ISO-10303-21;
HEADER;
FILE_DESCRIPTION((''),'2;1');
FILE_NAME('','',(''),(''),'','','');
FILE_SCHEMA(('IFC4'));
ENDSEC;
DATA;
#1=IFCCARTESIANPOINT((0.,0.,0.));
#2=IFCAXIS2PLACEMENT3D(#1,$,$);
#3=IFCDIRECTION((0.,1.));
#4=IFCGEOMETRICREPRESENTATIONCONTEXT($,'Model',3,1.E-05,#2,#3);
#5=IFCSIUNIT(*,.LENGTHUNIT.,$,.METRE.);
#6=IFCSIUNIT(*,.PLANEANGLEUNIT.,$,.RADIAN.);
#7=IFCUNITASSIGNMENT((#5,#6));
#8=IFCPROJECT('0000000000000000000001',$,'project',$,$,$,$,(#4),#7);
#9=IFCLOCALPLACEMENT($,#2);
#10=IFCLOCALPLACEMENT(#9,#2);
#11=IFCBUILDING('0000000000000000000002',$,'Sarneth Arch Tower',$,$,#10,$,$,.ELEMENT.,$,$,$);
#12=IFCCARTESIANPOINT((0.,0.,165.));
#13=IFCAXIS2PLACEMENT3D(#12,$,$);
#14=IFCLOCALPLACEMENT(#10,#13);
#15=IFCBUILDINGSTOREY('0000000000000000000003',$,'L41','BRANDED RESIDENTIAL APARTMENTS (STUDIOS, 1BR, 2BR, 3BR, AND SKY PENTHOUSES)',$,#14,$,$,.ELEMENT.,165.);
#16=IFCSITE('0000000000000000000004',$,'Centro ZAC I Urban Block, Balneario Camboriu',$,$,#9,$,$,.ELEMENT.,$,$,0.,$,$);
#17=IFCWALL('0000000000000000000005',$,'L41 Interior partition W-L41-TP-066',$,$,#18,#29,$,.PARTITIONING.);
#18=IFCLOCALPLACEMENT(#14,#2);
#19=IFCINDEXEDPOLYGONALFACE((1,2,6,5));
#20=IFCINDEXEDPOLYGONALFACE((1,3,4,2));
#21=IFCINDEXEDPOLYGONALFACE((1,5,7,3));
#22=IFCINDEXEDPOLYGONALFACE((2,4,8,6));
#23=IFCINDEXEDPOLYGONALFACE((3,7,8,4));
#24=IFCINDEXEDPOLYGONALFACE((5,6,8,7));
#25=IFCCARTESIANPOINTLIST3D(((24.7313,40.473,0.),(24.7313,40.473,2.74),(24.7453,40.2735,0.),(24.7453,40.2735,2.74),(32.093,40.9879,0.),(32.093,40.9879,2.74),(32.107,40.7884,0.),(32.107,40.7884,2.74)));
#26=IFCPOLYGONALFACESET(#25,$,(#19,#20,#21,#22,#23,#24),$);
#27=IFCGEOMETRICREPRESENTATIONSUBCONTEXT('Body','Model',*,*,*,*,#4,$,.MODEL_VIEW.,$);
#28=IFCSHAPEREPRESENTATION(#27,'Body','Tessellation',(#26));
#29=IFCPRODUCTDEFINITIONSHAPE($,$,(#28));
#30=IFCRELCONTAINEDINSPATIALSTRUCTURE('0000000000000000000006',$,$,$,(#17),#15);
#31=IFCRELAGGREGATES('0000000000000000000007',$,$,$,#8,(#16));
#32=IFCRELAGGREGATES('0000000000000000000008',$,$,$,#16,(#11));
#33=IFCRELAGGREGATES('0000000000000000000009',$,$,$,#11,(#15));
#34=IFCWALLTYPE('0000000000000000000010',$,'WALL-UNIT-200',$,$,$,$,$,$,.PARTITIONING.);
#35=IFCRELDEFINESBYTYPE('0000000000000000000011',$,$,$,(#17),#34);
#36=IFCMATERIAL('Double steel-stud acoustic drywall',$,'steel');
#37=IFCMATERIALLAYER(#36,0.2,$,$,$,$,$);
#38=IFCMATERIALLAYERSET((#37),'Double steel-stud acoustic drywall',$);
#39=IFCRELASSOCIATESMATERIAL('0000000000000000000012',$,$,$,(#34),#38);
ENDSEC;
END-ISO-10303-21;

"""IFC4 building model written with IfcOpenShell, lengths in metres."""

from ifc_helpers import new_model, si_unit, direction, frame, frame_2d, origin, place, context, subcontext, project, spatial, rectangle, extrude, material, layer, layer_set, type_object, element, save


model = new_model("IFC4")

# Units and contexts
model_context = context("Model", 3, precision=1e-05, world=origin(), true_north=direction((0.0, 1.0)))
body_context = subcontext(model_context, "Body", "Model", "MODEL_VIEW")
ifc_project = project(units=[si_unit("LENGTHUNIT", "METRE"), si_unit("PLANEANGLEUNIT", "RADIAN")], contexts=[model_context])

# Site, building, storey
site_placement = place(None, origin())
site = spatial("IfcSite", under=ifc_project, at=site_placement, Name="Centro ZAC I Urban Block, Balneario Camboriu", CompositionType="ELEMENT", RefElevation=0.0)
building_placement = place(site_placement, origin())
building = spatial("IfcBuilding", under=site, at=building_placement, Name="Sarneth Arch Tower", CompositionType="ELEMENT")
storey_placement = place(building_placement, frame((0.0, 0.0, 165.0)))
storey = spatial("IfcBuildingStorey", under=building, at=storey_placement, Name="L41", Description="BRANDED RESIDENTIAL APARTMENTS (STUDIOS, 1BR, 2BR, 3BR, AND SKY PENTHOUSES)", CompositionType="ELEMENT", Elevation=165.0)

# Wall
ifc_material_1 = material(Name="Double steel-stud acoustic drywall", Category="steel")
ifc_layer_1 = layer(ifc_material_1, 0.2)
ifc_layer_set_1 = layer_set([ifc_layer_1], Name="Double steel-stud acoustic drywall")
wall_type_1 = type_object("IfcWallType", Name="WALL-UNIT-200", PredefinedType="PARTITIONING", material=ifc_layer_set_1)
wall_1_placement = place(storey_placement, frame((32.1001, 40.8882, 0.0), z_axis=(0.0, 0.0, 1.0), x_axis=(-0.997563, -0.069773, 0.0)))
element("IfcWall", 1, at=wall_1_placement, inside=storey, type_object=wall_type_1, Name="L41 Interior partition W-L41-TP-066", PredefinedType="PARTITIONING", context=body_context, shape_type="SweptSolid", body=[
    extrude(rectangle(XDim=7.3796, YDim=0.2, at=frame_2d((3.6899, 0.0))), origin(), (0.0, 0.0, 1.0), 2.74),
])

save(model, "model.ifc")
